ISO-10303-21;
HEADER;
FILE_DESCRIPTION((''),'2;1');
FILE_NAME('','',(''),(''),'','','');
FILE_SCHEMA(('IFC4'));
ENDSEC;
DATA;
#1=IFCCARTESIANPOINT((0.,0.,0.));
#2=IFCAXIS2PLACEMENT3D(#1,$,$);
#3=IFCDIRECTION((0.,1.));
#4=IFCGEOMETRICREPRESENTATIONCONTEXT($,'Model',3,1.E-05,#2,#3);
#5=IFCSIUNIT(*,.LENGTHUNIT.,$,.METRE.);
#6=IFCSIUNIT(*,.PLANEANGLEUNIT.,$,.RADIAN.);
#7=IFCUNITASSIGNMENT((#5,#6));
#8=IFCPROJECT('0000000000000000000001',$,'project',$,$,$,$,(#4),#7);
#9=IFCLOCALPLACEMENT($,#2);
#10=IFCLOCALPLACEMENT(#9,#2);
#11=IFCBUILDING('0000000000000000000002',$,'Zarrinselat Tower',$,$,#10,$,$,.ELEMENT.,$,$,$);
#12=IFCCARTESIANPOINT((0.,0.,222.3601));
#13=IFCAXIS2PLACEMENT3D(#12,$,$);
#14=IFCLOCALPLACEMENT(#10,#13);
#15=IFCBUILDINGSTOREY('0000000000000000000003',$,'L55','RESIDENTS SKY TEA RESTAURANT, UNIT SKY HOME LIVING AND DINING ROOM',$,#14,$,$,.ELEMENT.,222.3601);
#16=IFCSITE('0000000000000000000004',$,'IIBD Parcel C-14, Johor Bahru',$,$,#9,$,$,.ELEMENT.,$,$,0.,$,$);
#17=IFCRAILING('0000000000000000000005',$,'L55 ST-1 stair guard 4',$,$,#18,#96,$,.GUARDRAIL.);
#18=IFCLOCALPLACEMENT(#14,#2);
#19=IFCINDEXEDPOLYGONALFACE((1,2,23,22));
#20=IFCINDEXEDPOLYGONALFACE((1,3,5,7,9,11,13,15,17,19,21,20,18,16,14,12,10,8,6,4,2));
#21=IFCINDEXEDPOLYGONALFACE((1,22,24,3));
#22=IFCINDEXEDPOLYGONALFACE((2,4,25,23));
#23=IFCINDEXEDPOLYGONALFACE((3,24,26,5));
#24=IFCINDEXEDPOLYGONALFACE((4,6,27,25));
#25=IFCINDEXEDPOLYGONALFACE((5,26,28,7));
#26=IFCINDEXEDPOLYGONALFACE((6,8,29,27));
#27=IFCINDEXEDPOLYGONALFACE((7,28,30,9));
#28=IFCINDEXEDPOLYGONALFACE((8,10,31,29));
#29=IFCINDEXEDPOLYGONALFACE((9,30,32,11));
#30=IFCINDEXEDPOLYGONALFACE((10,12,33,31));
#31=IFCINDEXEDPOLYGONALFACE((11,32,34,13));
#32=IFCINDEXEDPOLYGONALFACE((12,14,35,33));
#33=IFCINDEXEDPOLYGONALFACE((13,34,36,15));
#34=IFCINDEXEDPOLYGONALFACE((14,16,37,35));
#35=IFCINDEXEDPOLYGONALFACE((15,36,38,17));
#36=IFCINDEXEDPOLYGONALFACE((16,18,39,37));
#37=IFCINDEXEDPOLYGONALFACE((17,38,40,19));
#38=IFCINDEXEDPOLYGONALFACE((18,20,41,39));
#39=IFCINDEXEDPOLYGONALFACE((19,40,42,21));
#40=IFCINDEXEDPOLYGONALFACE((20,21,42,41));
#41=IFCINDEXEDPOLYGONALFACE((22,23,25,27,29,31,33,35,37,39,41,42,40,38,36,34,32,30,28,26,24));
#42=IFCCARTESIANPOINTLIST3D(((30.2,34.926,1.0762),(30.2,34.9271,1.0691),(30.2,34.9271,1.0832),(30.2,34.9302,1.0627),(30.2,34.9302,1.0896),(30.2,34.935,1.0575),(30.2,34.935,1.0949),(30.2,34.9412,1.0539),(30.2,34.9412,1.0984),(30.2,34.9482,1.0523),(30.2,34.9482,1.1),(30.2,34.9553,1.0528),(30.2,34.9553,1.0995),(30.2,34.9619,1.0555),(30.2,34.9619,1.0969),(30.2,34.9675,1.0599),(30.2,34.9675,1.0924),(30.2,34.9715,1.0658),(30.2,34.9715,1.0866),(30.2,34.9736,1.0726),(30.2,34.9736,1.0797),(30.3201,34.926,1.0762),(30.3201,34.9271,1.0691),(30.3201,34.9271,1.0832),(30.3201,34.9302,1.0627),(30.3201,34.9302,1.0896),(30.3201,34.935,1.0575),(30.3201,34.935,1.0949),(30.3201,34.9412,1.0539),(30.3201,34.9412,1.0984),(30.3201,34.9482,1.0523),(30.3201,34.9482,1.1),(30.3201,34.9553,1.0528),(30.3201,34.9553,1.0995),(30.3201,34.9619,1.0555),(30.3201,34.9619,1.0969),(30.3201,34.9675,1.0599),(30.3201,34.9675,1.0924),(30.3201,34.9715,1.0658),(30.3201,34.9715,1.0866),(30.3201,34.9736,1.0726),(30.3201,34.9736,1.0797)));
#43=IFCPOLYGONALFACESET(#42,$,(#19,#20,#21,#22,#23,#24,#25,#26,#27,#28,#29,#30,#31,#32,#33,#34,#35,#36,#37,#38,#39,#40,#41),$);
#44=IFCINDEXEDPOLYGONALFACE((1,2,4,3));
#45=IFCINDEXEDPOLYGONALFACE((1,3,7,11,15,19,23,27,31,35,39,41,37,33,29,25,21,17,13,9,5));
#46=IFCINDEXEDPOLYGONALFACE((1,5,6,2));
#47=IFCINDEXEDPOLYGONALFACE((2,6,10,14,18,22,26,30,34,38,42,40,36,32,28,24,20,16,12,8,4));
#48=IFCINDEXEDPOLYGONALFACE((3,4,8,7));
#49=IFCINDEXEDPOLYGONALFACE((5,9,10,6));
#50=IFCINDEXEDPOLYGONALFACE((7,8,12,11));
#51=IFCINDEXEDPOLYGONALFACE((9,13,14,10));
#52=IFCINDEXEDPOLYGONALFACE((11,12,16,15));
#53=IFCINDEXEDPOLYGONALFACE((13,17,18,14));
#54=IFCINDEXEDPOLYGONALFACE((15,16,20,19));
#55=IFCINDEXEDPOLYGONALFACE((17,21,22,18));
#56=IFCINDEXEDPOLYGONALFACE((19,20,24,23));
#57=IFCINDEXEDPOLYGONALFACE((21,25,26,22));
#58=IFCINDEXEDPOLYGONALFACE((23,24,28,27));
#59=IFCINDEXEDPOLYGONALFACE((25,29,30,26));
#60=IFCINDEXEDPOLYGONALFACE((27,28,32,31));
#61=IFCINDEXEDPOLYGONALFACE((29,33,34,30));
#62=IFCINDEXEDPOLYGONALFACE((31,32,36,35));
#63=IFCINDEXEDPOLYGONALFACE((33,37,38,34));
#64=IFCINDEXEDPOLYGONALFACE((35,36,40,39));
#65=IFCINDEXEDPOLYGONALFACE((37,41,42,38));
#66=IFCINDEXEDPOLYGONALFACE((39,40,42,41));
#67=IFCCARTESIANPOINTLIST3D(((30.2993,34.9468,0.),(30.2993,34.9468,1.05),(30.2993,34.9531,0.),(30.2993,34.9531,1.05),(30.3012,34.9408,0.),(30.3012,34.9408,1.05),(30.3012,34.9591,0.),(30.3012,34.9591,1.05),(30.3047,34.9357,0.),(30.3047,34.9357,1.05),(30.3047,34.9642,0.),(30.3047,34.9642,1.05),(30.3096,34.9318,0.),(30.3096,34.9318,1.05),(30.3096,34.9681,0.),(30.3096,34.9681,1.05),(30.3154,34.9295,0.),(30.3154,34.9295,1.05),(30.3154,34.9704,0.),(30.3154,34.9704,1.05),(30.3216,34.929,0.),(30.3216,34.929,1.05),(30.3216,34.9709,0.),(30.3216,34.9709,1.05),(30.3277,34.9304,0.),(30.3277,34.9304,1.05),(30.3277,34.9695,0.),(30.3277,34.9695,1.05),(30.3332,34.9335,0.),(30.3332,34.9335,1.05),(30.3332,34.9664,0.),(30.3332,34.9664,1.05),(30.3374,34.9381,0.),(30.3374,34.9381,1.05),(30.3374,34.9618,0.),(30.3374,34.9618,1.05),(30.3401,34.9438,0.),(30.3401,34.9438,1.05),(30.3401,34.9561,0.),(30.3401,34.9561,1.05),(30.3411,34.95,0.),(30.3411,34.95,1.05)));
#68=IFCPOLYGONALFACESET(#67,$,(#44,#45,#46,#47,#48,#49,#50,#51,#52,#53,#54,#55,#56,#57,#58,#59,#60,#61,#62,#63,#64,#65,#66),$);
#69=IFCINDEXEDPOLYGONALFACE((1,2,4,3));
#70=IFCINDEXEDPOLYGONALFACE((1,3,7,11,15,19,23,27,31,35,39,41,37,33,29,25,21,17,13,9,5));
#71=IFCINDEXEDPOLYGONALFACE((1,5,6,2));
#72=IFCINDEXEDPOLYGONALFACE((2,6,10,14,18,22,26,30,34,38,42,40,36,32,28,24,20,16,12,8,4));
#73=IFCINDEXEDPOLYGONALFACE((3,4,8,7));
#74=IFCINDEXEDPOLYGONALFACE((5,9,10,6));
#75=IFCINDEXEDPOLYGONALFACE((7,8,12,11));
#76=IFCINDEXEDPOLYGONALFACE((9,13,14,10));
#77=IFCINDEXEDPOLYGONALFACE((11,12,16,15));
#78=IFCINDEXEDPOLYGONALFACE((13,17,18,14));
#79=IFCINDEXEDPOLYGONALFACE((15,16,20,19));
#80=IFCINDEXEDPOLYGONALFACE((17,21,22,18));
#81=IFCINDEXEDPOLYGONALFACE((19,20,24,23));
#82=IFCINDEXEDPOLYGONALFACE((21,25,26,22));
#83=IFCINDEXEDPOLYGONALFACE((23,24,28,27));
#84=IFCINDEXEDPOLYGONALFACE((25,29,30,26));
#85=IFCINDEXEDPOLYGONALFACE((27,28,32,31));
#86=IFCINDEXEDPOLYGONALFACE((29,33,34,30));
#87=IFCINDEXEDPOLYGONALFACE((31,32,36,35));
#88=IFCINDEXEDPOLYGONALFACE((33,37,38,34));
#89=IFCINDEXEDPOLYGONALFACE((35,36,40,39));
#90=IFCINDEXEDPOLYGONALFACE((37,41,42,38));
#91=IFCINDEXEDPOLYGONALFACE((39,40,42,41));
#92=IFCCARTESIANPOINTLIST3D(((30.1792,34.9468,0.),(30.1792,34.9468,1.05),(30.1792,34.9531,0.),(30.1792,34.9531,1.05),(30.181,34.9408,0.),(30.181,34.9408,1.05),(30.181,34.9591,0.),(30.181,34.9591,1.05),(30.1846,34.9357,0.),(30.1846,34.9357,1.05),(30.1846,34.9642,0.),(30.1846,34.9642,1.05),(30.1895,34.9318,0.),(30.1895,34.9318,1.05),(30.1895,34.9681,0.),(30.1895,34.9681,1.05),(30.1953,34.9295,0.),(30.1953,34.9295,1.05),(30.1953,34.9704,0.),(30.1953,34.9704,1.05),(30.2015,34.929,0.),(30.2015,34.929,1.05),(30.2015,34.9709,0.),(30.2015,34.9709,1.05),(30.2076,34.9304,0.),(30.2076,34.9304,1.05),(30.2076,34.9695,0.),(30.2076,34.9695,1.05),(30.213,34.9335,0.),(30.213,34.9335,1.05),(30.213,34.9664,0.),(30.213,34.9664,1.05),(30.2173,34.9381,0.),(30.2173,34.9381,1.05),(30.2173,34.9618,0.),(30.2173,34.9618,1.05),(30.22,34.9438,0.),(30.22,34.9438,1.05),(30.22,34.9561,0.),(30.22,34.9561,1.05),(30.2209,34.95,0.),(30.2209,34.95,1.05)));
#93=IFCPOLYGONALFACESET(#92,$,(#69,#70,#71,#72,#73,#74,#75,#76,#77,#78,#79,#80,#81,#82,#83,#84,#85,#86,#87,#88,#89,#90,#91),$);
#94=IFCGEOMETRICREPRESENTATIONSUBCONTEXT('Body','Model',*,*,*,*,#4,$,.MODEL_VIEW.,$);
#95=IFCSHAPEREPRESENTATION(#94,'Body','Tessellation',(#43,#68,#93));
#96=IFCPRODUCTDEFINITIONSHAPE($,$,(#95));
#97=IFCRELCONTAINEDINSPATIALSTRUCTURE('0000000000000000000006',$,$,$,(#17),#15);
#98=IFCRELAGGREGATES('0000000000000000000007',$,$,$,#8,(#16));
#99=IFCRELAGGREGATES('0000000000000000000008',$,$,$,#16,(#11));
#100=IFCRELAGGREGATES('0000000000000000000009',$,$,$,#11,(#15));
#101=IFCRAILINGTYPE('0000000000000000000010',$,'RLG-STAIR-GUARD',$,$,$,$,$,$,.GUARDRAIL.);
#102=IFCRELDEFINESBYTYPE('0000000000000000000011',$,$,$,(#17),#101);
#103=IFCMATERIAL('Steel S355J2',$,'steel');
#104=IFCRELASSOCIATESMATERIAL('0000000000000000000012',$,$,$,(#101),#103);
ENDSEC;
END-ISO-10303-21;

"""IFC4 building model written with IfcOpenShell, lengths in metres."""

from ifc_helpers import new_model, si_unit, direction, frame, origin, origin_2d, place, context, subcontext, project, spatial, circle, extrude, material, type_object, element, save


model = new_model("IFC4")

# Units and contexts
model_context = context("Model", 3, precision=1e-05, world=origin(), true_north=direction((0.0, 1.0)))
body_context = subcontext(model_context, "Body", "Model", "MODEL_VIEW")
ifc_project = project(units=[si_unit("LENGTHUNIT", "METRE"), si_unit("PLANEANGLEUNIT", "RADIAN")], contexts=[model_context])

# Site, building, storey
site_placement = place(None, origin())
site = spatial("IfcSite", under=ifc_project, at=site_placement, Name="IIBD Parcel C-14, Johor Bahru", CompositionType="ELEMENT", RefElevation=0.0)
building_placement = place(site_placement, origin())
building = spatial("IfcBuilding", under=site, at=building_placement, Name="Zarrinselat Tower", CompositionType="ELEMENT")
storey_placement = place(building_placement, frame((0.0, 0.0, 222.3601)))
storey = spatial("IfcBuildingStorey", under=building, at=storey_placement, Name="L55", Description="RESIDENTS SKY TEA RESTAURANT, UNIT SKY HOME LIVING AND DINING ROOM", CompositionType="ELEMENT", Elevation=222.3601)

# Railing
ifc_material_1 = material(Name="Steel S355J2", Category="steel")
railing_type_1 = type_object("IfcRailingType", Name="RLG-STAIR-GUARD", PredefinedType="GUARDRAIL", material=ifc_material_1)
railing_1_placement = place(storey_placement, frame((30.3201, 34.95, 0.0)))
element("IfcRailing", 1, at=railing_1_placement, inside=storey, type_object=railing_type_1, Name="L55 ST-1 stair guard 4", PredefinedType="GUARDRAIL", context=body_context, shape_type="SweptSolid", body=[
    extrude(circle(Radius=0.0239, at=origin_2d()), frame((0.0, 0.0, 1.0762), z_axis=(-1.0, 0.0, 0.0), x_axis=(0.0, -1.0, 0.0)), (0.0, 0.0, 1.0), 0.1201),
    extrude(circle(Radius=0.021, at=origin_2d()), origin(), (0.0, 0.0, 1.0), 1.05),
    extrude(circle(Radius=0.021, at=origin_2d()), frame((-0.1201, 0.0, 0.0)), (0.0, 0.0, 1.0), 1.05),
])

save(model, "model.ifc")
